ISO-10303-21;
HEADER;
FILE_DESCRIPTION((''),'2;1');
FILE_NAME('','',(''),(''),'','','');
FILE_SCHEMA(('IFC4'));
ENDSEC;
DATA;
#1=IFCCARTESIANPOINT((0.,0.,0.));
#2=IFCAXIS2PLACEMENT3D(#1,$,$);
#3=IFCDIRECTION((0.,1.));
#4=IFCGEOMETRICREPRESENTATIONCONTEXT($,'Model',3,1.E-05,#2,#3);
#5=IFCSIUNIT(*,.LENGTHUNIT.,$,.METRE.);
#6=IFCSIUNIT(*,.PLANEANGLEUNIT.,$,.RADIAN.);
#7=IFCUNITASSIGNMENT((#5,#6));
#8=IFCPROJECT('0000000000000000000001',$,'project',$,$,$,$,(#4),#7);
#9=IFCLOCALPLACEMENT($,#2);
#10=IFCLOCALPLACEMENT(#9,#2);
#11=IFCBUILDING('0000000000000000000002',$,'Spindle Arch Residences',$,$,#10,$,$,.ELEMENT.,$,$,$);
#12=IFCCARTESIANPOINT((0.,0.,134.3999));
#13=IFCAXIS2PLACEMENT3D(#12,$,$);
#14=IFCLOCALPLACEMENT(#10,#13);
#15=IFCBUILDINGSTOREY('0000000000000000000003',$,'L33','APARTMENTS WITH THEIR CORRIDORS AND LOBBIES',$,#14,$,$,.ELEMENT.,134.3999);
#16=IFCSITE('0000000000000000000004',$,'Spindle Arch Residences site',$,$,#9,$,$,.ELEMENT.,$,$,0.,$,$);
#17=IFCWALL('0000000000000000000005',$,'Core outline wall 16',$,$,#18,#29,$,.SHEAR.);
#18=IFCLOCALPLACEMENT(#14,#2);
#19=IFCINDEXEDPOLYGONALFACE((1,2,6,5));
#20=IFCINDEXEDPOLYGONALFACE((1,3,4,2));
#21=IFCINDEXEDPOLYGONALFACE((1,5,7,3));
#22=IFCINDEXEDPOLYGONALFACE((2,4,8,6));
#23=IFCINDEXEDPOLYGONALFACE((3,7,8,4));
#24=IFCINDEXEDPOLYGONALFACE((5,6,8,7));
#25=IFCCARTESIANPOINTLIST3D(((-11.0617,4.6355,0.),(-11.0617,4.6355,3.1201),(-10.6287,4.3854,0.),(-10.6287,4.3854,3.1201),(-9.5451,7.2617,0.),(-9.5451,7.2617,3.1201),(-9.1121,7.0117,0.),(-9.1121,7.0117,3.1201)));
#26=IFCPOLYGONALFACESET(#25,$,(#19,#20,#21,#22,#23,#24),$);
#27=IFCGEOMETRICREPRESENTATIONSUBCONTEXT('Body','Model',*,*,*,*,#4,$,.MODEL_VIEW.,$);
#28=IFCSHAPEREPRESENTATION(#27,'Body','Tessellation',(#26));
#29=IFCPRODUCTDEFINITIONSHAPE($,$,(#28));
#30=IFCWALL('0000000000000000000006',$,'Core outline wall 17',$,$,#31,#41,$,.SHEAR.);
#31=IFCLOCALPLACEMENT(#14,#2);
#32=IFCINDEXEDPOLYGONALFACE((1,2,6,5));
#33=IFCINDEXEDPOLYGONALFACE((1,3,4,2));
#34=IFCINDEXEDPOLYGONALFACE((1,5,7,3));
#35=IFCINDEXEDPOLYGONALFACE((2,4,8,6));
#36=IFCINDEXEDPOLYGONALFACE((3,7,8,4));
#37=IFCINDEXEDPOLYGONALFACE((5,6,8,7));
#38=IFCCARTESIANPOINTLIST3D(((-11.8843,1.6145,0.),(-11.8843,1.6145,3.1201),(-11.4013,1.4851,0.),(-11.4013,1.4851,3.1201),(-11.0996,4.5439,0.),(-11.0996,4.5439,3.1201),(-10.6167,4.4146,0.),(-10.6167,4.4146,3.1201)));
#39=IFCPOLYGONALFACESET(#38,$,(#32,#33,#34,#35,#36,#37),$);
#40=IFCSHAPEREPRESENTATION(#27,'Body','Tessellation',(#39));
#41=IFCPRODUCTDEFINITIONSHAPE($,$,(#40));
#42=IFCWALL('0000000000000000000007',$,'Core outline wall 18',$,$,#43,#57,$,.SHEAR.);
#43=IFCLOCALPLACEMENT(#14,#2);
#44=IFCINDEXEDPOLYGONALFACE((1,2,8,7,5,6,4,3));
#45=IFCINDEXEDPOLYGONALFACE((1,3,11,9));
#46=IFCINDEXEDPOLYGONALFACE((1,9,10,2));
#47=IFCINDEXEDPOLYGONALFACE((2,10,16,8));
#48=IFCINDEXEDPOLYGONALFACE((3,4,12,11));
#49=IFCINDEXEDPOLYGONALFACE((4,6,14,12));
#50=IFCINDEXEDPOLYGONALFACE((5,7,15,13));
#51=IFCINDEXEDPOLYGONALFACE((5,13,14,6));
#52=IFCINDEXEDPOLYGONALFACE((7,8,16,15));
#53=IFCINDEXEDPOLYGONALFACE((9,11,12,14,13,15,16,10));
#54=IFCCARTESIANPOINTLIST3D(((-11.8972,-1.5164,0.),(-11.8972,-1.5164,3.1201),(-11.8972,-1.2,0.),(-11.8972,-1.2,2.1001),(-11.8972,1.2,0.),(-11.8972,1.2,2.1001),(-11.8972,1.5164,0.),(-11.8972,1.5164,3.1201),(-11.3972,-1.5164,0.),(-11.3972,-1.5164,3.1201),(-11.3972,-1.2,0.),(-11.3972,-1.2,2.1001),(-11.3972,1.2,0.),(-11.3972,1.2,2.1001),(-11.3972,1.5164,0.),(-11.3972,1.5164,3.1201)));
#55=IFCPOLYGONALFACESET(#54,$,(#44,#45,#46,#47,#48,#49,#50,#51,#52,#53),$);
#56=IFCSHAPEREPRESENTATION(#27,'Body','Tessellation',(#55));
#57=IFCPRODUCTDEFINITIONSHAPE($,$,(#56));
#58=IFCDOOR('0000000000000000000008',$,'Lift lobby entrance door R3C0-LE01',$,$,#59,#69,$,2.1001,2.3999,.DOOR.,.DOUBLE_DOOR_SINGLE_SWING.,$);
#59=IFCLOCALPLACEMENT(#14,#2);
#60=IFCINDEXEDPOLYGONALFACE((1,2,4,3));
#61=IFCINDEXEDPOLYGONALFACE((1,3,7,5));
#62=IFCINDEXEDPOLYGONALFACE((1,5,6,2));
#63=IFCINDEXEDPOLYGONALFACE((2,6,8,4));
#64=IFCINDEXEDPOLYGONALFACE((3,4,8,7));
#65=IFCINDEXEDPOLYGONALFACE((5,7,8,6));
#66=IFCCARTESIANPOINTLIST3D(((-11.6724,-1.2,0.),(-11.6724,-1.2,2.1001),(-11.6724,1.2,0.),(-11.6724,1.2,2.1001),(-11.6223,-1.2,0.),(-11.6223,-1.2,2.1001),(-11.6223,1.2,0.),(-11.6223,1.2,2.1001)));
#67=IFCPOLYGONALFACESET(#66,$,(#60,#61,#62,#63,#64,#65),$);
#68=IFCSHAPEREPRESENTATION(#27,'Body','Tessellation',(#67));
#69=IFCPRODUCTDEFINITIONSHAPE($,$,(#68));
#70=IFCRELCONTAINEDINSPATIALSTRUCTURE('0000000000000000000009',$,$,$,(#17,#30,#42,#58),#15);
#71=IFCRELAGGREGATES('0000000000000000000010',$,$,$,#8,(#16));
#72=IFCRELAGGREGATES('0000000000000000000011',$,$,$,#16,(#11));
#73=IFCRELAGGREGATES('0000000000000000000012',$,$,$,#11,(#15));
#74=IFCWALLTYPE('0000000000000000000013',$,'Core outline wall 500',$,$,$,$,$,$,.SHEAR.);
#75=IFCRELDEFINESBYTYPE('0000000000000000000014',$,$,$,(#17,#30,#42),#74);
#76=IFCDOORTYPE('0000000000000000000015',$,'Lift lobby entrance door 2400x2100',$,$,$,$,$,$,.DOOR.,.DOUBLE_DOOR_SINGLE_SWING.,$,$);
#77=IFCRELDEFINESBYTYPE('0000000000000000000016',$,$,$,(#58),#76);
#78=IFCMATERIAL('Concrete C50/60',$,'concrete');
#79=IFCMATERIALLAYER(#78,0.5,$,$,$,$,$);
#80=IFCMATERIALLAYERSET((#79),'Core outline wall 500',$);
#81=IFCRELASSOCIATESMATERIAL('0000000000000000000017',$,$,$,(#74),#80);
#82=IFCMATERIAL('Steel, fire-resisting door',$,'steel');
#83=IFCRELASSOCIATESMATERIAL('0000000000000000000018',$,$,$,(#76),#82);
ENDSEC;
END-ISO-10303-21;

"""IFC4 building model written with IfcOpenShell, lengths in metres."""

from ifc_helpers import new_model, si_unit, direction, frame, frame_2d, origin, place, context, subcontext, project, spatial, rectangle, extrude, material, layer, layer_set, type_object, element, fill, save


model = new_model("IFC4")

# Units and contexts
model_context = context("Model", 3, precision=1e-05, world=origin(), true_north=direction((0.0, 1.0)))
body_context = subcontext(model_context, "Body", "Model", "MODEL_VIEW")
ifc_project = project(units=[si_unit("LENGTHUNIT", "METRE"), si_unit("PLANEANGLEUNIT", "RADIAN")], contexts=[model_context])

# Site, building, storey
site_placement = place(None, origin())
site = spatial("IfcSite", under=ifc_project, at=site_placement, Name="Spindle Arch Residences site", CompositionType="ELEMENT", RefElevation=0.0)
building_placement = place(site_placement, origin())
building = spatial("IfcBuilding", under=site, at=building_placement, Name="Spindle Arch Residences", CompositionType="ELEMENT")
storey_placement = place(building_placement, frame((0.0, 0.0, 134.3999)))
storey = spatial("IfcBuildingStorey", under=building, at=storey_placement, Name="L33", Description="APARTMENTS WITH THEIR CORRIDORS AND LOBBIES", CompositionType="ELEMENT", Elevation=134.3999)

# Walls
ifc_material_1 = material(Name="Concrete C50/60", Category="concrete")
ifc_layer_1 = layer(ifc_material_1, 0.5)
ifc_layer_set_1 = layer_set([ifc_layer_1], Name="Core outline wall 500")
wall_type_1 = type_object("IfcWallType", Name="Core outline wall 500", PredefinedType="SHEAR", material=ifc_layer_set_1)
for number, where, z_axis, x_axis, name in (
    (1, (-9.3286, 7.1367, 0.0), (0.0, 0.0, 1.0), (-0.500087, -0.865975, 0.0), "Core outline wall 16"),
    (2, (-10.8582, 4.4792, 0.0), (0.0, 0.0, 1.0), (-0.258735, -0.965948, 0.0), "Core outline wall 17"),
):
    element("IfcWall", number, at=place(storey_placement, frame(where, z_axis=z_axis, x_axis=x_axis)), inside=storey, type_object=wall_type_1, Name=name, PredefinedType="SHEAR", context=body_context, shape_type="SweptSolid", body=[
        extrude(rectangle(XDim=3.0327, YDim=0.5, at=frame_2d((1.5164, 0.0))), origin(), (0.0, 0.0, 1.0), 3.1201),
    ])

# Wall, opening, door
wall_1_placement = place(storey_placement, frame((-11.6472, 1.5164, 0.0), z_axis=(0.0, 0.0, 1.0), x_axis=(0.0, -1.0, 0.0)))
wall_1 = element("IfcWall", 3, at=wall_1_placement, inside=storey, type_object=wall_type_1, Name="Core outline wall 18", PredefinedType="SHEAR", context=body_context, shape_type="SweptSolid", body=[
    extrude(rectangle(XDim=3.0327, YDim=0.5, at=frame_2d((1.5164, 0.0))), origin(), (0.0, 0.0, 1.0), 3.1201),
])
opening_1_placement = place(wall_1_placement, frame((0.3164, 0.0, 0.0)))
opening_1 = element("IfcOpeningElement", 4, at=opening_1_placement, cuts=wall_1, PredefinedType="OPENING", context=body_context, shape_type="SweptSolid", body=[
    extrude(rectangle(XDim=2.3999, YDim=2.1001, at=frame_2d((1.2, 1.05))), frame((0.0, 0.26, 0.0), z_axis=(0.0, -1.0, 0.0), x_axis=(1.0, 0.0, 0.0)), (0.0, 0.0, 1.0), 0.52),
])
ifc_material_2 = material(Name="Steel, fire-resisting door", Category="steel")
door_type_1 = type_object("IfcDoorType", Name="Lift lobby entrance door 2400x2100", OperationType="DOUBLE_DOOR_SINGLE_SWING", PredefinedType="DOOR", material=ifc_material_2)
door_1_placement = place(opening_1_placement, origin())
door_1 = element("IfcDoor", 5, at=door_1_placement, inside=storey, type_object=door_type_1, Name="Lift lobby entrance door R3C0-LE01", OperationType="DOUBLE_DOOR_SINGLE_SWING", OverallHeight=2.1001, OverallWidth=2.3999, PredefinedType="DOOR", context=body_context, shape_type="SweptSolid", body=[
    extrude(rectangle(XDim=2.3999, YDim=2.1001, at=frame_2d((1.2, 1.05))), frame((0.0, 0.0249, 0.0), z_axis=(0.0, -1.0, 0.0), x_axis=(1.0, 0.0, 0.0)), (0.0, 0.0, 1.0), 0.05),
])
fill(opening_1, door_1)

save(model, "model.ifc")
